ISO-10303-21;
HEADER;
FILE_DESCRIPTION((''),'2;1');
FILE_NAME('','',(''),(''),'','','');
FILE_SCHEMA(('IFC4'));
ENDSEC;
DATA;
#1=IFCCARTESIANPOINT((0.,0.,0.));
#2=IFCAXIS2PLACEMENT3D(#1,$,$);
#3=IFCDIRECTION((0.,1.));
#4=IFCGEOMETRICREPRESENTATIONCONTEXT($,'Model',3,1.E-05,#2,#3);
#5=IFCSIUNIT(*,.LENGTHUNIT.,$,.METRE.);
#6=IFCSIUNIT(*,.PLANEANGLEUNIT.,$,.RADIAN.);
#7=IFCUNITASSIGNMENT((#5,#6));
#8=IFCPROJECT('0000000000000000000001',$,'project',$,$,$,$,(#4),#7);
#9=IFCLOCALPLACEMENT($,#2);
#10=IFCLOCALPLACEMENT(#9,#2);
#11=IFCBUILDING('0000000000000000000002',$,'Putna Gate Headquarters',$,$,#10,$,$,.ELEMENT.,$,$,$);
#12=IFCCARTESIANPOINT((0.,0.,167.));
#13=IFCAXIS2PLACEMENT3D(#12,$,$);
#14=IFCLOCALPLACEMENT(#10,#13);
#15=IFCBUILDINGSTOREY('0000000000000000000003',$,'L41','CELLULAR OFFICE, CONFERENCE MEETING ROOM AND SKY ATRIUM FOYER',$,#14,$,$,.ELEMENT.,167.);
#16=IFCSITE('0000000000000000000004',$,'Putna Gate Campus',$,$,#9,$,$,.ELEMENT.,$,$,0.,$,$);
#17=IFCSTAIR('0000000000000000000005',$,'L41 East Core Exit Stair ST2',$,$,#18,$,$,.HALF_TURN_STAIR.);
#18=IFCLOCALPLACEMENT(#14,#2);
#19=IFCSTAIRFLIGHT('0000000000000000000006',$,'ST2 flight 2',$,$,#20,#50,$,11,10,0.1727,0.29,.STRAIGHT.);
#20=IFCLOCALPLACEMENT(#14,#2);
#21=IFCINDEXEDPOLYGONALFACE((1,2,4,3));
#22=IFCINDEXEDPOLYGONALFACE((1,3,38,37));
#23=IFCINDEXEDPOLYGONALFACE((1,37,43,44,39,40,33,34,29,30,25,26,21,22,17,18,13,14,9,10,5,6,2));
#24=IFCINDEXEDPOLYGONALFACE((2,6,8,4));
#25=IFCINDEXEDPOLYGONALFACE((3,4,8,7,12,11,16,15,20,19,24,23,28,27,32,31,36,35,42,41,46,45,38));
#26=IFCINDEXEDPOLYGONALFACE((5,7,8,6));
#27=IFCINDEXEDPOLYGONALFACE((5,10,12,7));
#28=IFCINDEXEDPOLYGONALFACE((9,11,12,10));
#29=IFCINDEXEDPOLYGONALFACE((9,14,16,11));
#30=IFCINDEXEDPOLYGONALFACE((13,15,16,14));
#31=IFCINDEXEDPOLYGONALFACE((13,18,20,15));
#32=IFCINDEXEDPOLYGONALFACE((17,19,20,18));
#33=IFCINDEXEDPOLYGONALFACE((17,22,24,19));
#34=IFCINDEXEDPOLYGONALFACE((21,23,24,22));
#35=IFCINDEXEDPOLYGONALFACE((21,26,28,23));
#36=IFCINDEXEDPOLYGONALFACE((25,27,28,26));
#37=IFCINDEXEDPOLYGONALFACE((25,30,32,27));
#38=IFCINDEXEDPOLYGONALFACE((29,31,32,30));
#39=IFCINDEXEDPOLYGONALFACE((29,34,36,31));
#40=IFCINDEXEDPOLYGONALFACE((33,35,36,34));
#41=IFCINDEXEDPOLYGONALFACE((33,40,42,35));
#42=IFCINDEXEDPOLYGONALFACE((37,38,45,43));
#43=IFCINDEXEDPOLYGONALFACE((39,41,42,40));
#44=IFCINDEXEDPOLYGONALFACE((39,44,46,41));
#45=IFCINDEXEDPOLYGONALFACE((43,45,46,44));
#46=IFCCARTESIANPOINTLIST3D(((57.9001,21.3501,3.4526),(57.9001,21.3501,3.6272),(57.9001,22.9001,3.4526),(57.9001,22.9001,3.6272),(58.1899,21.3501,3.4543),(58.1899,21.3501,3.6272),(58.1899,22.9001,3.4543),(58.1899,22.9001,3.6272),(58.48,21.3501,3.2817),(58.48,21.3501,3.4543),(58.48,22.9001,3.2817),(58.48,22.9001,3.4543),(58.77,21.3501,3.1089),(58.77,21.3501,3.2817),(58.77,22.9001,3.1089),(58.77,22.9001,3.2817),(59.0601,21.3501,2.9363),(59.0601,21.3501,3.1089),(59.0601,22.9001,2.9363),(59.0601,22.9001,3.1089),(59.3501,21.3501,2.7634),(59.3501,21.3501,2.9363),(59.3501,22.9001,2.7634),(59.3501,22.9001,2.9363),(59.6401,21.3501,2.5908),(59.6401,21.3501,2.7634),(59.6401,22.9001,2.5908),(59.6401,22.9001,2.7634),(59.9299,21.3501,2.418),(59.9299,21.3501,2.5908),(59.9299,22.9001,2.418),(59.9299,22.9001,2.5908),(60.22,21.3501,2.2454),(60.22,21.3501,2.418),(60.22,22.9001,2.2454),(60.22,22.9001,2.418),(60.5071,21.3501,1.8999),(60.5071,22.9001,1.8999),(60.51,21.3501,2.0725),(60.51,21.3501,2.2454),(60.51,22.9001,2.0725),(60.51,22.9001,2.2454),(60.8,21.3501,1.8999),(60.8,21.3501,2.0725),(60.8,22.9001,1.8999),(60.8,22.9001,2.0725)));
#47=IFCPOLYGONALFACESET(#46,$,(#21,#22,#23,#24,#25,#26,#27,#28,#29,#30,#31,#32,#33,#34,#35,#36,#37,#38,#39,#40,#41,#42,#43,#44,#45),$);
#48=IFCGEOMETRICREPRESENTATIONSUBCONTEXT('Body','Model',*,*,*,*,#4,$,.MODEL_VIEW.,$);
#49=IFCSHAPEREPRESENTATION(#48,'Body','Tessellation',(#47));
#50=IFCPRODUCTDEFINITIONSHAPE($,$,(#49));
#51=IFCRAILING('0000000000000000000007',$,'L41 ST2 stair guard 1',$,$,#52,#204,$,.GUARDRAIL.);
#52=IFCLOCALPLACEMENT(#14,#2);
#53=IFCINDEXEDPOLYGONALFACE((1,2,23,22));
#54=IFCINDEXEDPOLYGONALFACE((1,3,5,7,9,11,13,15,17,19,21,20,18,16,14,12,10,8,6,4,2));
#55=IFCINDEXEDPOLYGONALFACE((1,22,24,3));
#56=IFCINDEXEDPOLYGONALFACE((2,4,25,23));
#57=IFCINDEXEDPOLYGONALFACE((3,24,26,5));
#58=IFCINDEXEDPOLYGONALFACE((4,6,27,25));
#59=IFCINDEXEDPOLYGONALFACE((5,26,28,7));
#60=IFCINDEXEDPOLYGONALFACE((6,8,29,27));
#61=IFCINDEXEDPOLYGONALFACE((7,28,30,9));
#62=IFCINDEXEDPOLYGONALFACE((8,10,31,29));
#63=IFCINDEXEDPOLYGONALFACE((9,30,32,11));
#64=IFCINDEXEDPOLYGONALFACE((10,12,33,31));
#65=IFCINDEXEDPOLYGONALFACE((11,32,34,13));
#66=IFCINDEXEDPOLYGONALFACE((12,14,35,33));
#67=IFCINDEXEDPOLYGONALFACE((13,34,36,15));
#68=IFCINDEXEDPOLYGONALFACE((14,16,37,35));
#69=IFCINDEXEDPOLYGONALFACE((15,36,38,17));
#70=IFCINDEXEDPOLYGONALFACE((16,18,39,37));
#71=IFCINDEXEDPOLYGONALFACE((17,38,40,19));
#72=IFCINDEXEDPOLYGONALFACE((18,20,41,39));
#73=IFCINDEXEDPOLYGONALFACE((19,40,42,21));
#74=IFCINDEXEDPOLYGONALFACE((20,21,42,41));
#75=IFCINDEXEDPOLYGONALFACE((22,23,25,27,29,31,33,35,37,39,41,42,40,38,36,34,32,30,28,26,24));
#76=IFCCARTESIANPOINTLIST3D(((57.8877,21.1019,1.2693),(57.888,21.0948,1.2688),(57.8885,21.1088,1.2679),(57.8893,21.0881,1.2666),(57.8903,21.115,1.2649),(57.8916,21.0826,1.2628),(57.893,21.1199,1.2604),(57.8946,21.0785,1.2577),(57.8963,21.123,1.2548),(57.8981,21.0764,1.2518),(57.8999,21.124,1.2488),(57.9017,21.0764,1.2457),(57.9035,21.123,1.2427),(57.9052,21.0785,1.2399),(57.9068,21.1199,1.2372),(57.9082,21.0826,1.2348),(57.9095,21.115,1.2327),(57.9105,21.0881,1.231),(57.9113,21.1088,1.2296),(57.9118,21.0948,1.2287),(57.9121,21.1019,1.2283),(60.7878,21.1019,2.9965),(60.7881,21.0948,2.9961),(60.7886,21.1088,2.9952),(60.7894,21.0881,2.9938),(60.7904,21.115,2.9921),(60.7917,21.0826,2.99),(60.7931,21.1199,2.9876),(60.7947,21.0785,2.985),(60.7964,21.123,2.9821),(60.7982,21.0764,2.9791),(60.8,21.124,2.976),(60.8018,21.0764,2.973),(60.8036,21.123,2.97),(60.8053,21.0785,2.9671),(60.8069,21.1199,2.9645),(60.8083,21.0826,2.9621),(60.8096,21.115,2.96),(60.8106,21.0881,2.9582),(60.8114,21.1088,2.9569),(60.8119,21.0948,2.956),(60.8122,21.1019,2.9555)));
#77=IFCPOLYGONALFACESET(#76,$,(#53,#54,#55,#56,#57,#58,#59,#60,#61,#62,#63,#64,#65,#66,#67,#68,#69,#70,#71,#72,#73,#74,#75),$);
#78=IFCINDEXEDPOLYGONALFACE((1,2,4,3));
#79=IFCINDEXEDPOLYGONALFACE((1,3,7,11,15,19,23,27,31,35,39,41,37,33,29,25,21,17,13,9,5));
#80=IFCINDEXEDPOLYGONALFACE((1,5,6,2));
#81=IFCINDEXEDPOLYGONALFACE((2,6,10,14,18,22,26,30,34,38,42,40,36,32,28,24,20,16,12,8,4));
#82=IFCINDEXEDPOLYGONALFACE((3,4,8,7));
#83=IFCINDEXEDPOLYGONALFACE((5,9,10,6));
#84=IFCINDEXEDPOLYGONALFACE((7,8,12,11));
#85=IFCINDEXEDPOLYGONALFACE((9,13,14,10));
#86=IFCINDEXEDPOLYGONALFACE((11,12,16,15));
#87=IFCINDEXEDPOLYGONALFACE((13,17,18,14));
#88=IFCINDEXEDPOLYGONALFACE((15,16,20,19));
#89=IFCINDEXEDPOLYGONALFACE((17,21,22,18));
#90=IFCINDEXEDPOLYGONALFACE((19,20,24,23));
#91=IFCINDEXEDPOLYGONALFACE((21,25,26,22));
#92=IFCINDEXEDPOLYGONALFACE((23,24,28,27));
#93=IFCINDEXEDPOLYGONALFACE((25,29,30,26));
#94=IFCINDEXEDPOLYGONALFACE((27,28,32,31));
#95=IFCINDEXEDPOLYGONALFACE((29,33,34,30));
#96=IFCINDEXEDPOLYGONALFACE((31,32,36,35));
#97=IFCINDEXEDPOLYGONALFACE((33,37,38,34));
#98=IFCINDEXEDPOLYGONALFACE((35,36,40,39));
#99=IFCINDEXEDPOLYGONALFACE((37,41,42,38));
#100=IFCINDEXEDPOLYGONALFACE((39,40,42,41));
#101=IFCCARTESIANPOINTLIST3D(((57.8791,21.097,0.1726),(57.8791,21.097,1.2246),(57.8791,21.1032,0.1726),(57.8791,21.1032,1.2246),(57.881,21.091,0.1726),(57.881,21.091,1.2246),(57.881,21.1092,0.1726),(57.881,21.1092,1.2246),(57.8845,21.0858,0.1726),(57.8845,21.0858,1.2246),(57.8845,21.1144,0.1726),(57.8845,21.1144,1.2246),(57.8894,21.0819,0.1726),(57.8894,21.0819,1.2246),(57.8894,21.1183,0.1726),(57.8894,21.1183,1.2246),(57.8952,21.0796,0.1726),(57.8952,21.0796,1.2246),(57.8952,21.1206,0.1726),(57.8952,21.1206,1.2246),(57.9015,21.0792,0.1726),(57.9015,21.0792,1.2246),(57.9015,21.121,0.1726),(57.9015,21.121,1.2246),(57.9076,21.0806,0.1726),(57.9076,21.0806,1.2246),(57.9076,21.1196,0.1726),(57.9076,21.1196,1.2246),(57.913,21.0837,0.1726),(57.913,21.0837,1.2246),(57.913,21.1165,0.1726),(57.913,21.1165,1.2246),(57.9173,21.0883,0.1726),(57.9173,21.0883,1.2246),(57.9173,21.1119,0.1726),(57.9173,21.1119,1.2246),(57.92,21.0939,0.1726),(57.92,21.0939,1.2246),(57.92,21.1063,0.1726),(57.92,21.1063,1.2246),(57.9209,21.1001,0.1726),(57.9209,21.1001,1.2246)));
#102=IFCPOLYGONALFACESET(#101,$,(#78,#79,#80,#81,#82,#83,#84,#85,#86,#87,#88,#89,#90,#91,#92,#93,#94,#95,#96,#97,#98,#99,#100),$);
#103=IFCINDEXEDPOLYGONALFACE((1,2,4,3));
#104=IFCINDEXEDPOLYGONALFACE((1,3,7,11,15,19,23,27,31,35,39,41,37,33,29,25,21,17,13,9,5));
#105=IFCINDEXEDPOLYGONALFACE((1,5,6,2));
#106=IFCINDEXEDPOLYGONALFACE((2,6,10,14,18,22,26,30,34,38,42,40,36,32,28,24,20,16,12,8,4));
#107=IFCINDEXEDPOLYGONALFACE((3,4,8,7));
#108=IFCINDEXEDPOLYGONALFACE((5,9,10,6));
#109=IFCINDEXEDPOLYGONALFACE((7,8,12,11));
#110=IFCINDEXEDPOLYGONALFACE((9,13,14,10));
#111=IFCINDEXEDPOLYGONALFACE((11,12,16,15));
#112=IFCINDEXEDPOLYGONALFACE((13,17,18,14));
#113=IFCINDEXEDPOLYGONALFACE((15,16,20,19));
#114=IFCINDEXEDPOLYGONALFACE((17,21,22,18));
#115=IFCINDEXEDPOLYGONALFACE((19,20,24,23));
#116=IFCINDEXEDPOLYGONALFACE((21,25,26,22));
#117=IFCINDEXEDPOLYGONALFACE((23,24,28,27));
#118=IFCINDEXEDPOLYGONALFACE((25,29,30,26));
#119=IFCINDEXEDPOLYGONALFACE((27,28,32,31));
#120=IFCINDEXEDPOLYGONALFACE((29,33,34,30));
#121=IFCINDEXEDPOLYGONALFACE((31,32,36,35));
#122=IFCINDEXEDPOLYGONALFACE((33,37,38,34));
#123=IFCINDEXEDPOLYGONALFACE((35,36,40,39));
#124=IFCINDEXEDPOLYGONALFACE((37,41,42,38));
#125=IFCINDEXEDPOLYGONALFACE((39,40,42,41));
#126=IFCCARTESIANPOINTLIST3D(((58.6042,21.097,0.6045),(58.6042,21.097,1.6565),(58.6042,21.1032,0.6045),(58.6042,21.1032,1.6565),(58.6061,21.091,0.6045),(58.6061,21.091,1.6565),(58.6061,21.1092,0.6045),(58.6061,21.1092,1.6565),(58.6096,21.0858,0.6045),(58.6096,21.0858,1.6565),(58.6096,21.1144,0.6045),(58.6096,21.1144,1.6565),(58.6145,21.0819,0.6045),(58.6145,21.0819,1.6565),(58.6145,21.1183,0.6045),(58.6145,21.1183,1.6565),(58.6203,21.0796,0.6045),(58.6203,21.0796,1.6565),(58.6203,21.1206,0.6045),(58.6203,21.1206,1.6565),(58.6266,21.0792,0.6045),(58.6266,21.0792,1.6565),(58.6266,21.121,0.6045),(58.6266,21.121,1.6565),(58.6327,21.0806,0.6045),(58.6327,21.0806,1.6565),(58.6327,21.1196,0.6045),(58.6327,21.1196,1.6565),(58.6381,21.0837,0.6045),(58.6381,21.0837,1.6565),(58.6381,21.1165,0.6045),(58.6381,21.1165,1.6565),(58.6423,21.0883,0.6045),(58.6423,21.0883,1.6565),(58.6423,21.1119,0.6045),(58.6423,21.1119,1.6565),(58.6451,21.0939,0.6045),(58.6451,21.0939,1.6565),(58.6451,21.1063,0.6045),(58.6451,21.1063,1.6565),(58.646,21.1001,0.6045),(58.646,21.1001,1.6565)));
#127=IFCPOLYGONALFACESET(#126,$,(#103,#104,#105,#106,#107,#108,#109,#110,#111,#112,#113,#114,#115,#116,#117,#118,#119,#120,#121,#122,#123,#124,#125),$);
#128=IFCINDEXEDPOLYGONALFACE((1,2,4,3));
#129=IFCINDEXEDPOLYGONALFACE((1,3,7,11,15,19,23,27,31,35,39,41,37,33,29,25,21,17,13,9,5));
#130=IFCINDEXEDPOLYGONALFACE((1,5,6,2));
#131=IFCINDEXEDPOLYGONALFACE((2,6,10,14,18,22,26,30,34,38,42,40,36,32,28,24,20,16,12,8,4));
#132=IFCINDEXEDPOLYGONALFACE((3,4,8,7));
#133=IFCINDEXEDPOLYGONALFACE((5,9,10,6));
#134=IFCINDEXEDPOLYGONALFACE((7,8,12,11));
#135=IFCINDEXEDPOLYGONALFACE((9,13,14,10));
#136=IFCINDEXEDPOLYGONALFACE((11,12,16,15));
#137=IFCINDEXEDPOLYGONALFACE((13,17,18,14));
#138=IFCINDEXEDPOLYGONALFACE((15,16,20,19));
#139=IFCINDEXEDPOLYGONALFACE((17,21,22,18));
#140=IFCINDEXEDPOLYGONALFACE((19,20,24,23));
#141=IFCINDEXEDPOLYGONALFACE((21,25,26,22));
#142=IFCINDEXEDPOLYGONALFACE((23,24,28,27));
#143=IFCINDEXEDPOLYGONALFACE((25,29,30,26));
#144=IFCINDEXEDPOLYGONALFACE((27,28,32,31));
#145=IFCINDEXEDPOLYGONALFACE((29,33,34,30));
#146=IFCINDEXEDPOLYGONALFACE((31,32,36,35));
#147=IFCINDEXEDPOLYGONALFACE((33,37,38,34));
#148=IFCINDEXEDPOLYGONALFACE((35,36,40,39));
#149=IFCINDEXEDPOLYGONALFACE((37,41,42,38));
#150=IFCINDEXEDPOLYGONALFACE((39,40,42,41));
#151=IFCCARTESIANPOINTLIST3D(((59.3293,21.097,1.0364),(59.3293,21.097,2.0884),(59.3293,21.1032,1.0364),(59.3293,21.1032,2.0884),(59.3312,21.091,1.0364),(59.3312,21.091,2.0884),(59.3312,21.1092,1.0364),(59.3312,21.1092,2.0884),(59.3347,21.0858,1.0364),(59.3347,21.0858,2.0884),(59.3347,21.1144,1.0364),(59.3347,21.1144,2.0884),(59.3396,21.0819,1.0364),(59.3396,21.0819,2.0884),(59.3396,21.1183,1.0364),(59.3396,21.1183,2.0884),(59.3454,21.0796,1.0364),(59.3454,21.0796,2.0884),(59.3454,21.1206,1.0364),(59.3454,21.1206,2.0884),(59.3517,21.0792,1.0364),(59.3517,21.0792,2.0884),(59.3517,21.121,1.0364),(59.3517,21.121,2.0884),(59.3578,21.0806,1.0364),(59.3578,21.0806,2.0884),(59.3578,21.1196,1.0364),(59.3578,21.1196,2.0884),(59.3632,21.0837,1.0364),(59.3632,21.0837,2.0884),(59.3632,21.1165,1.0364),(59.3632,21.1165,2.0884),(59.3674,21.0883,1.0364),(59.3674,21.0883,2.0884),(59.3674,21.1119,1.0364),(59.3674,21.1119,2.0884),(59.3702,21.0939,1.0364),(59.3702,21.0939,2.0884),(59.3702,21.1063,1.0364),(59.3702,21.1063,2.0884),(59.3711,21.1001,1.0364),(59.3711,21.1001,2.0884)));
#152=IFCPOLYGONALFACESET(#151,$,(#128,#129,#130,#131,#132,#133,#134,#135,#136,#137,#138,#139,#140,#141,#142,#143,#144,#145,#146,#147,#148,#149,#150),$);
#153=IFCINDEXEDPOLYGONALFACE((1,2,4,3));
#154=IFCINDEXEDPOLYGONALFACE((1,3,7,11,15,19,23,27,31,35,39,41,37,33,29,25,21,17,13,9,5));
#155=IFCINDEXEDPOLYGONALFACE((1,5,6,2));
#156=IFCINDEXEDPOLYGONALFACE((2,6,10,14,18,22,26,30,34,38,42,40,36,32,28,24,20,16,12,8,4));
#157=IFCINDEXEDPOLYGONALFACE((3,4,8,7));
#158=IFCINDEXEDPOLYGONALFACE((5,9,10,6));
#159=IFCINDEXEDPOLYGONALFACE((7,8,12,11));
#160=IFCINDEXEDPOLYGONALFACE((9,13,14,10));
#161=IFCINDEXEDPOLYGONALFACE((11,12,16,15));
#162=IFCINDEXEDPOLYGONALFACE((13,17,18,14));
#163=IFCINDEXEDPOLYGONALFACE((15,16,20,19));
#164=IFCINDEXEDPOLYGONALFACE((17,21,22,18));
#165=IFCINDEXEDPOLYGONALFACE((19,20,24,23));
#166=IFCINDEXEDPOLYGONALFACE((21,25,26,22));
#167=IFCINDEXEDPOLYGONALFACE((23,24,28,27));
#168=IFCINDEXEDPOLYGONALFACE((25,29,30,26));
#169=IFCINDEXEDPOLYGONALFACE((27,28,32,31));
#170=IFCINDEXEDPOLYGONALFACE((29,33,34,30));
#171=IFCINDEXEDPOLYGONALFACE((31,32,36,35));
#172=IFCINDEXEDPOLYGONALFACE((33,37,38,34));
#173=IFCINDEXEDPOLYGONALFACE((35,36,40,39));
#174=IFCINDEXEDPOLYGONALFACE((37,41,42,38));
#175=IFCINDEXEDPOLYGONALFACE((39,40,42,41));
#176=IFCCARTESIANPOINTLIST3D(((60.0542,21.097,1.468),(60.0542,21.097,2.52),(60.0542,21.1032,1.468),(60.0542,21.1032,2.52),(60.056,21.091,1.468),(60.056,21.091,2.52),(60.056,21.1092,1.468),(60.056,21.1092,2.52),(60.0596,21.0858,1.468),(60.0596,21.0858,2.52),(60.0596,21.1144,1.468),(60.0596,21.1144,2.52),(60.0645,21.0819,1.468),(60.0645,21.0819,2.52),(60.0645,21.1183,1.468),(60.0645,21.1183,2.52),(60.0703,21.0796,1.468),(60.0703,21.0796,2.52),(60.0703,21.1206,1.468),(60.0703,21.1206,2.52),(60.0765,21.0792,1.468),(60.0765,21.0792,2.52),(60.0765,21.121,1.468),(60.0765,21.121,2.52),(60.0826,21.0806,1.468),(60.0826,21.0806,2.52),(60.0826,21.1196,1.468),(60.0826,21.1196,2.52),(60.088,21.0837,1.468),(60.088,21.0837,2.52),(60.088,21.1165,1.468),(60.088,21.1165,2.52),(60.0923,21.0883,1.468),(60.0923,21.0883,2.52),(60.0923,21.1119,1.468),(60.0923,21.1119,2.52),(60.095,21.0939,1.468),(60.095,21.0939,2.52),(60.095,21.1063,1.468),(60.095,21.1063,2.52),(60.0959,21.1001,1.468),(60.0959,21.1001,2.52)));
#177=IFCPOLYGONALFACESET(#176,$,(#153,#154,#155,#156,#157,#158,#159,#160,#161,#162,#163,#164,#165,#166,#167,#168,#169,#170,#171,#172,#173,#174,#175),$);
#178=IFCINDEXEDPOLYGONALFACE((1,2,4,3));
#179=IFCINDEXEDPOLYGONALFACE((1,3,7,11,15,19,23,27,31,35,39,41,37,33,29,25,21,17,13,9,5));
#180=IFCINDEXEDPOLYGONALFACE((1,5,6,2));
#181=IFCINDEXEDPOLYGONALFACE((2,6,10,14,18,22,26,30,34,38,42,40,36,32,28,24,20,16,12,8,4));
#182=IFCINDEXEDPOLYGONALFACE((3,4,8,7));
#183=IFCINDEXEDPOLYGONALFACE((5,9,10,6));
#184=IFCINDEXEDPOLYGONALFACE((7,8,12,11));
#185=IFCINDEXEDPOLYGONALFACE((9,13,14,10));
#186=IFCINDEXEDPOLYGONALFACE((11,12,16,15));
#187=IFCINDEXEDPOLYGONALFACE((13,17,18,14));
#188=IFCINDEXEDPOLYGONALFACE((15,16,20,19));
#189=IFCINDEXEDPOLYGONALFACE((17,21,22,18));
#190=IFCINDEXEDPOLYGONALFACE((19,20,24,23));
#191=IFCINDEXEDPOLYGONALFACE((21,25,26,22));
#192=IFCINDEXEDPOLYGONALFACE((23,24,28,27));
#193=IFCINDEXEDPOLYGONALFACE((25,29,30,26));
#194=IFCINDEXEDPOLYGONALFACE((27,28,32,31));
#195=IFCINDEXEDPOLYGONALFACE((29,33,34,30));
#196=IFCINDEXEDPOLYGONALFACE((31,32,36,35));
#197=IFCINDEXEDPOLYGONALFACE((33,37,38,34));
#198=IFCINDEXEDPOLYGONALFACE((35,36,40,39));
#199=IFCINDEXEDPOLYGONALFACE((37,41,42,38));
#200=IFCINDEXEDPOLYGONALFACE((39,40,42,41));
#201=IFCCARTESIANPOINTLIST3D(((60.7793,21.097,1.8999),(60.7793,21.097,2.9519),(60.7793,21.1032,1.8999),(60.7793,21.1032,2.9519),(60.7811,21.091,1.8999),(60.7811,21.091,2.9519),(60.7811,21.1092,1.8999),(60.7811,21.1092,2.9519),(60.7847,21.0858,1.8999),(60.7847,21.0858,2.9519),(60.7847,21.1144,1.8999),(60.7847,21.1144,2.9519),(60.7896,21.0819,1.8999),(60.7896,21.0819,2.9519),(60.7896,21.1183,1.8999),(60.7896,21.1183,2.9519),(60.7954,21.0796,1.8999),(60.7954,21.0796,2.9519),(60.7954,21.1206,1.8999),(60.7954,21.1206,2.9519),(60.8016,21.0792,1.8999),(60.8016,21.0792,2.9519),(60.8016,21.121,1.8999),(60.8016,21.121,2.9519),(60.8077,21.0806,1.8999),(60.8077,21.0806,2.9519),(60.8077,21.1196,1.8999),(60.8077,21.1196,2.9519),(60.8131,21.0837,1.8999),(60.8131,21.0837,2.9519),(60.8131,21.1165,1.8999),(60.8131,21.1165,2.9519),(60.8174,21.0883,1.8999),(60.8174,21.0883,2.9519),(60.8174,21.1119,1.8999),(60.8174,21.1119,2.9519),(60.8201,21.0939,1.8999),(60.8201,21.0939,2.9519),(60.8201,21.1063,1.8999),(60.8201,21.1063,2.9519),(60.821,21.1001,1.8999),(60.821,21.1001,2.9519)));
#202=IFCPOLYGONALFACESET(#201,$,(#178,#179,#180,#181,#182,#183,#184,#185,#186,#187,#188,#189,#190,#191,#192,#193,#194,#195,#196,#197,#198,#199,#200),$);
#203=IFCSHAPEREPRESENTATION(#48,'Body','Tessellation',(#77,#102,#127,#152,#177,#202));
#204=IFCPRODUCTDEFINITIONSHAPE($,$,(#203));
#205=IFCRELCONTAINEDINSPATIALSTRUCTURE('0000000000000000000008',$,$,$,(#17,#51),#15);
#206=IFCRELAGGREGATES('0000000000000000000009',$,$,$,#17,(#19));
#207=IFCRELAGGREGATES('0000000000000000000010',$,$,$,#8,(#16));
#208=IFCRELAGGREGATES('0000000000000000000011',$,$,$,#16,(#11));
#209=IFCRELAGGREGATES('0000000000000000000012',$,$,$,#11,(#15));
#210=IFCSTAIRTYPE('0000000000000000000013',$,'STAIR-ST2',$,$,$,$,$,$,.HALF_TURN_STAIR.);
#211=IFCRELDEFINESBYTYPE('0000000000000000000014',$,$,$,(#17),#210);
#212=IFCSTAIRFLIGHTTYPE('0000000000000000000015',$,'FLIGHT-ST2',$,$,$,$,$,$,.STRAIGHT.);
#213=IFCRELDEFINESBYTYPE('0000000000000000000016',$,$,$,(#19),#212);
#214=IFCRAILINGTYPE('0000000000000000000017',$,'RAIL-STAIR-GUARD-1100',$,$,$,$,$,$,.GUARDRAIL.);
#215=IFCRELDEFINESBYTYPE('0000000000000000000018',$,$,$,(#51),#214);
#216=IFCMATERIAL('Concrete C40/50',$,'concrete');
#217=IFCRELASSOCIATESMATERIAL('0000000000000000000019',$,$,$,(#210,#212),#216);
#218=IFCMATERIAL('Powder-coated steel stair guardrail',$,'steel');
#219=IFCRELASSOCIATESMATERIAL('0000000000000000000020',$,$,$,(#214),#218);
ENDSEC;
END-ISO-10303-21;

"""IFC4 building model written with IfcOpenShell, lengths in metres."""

from ifc_helpers import new_model, si_unit, direction, frame, origin, origin_2d, place, context, subcontext, project, spatial, polyline, circle, outline, extrude, material, type_object, element, aggregate, save


model = new_model("IFC4")

# Units and contexts
model_context = context("Model", 3, precision=1e-05, world=origin(), true_north=direction((0.0, 1.0)))
body_context = subcontext(model_context, "Body", "Model", "MODEL_VIEW")
ifc_project = project(units=[si_unit("LENGTHUNIT", "METRE"), si_unit("PLANEANGLEUNIT", "RADIAN")], contexts=[model_context])

# Site, building, storey
site_placement = place(None, origin())
site = spatial("IfcSite", under=ifc_project, at=site_placement, Name="Putna Gate Campus", CompositionType="ELEMENT", RefElevation=0.0)
building_placement = place(site_placement, origin())
building = spatial("IfcBuilding", under=site, at=building_placement, Name="Putna Gate Headquarters", CompositionType="ELEMENT")
storey_placement = place(building_placement, frame((0.0, 0.0, 167.0)))
storey = spatial("IfcBuildingStorey", under=building, at=storey_placement, Name="L41", Description="CELLULAR OFFICE, CONFERENCE MEETING ROOM AND SKY ATRIUM FOYER", CompositionType="ELEMENT", Elevation=167.0)

# Shared definitions
ifc_material_1 = material(Name="Concrete C40/50", Category="concrete")

# Stair, stair flight
stair_type = type_object("IfcStairType", Name="STAIR-ST2", PredefinedType="HALF_TURN_STAIR", material=ifc_material_1)
stair_placement = place(storey_placement, origin())
stair = element("IfcStair", 1, at=stair_placement, inside=storey, type_object=stair_type, Name="L41 East Core Exit Stair ST2", PredefinedType="HALF_TURN_STAIR")
stair_flight_type = type_object("IfcStairFlightType", Name="FLIGHT-ST2", PredefinedType="STRAIGHT", material=ifc_material_1)
stair_flight_1_placement = place(storey_placement, frame((60.8, 22.125, 1.8999), z_axis=(0.0, 0.0, 1.0), x_axis=(-1.0, 0.0, 0.0)))
stair_flight_1 = element("IfcStairFlight", 2, at=stair_flight_1_placement, type_object=stair_flight_type, Name="ST2 flight 2", NumberOfRisers=11, NumberOfTreads=10, PredefinedType="STRAIGHT", RiserHeight=0.1727, TreadLength=0.29, context=body_context, shape_type="SweptSolid", body=[
    extrude(outline(polyline([(0.0, 0.0), (0.0, 0.1726), (0.29, 0.1726), (0.29, 0.3455), (0.5801, 0.3455), (0.5801, 0.5181), (0.8701, 0.5181), (0.8701, 0.6909), (1.1599, 0.6909), (1.1599, 0.8635), (1.45, 0.8635), (1.45, 1.0364), (1.74, 1.0364), (1.74, 1.209), (2.03, 1.209), (2.03, 1.3818), (2.3201, 1.3818), (2.3201, 1.5544), (2.6101, 1.5544), (2.6101, 1.7273), (2.8999, 1.7273), (2.8999, 1.8999), (2.8999, 1.5527), (0.293, 0.0), (0.0, 0.0)])), frame((0.0, 0.7749, 0.0), z_axis=(0.0, -1.0, 0.0), x_axis=(1.0, 0.0, 0.0)), (0.0, 0.0, 1.0), 1.55),
])
aggregate(stair, [stair_flight_1])

# Railing
ifc_material_2 = material(Name="Powder-coated steel stair guardrail", Category="steel")
railing_type_1 = type_object("IfcRailingType", Name="RAIL-STAIR-GUARD-1100", PredefinedType="GUARDRAIL", material=ifc_material_2)
railing_1_placement = place(storey_placement, frame((57.8999, 21.1001, 0.1726)))
element("IfcRailing", 3, at=railing_1_placement, inside=storey, type_object=railing_type_1, Name="L41 ST2 stair guard 1", PredefinedType="GUARDRAIL", context=body_context, shape_type="SweptSolid", body=[
    extrude(circle(Radius=0.0239, at=origin_2d()), frame((0.0, 0.0, 1.0762), z_axis=(0.85916, 0.0, 0.511706), x_axis=(0.0, 1.0, 0.0)), (0.0, 0.0, 1.0), 3.3755),
    extrude(circle(Radius=0.021, at=origin_2d()), origin(), (0.0, 0.0, 1.0), 1.052),
    extrude(circle(Radius=0.021, at=origin_2d()), frame((0.7251, 0.0, 0.4319)), (0.0, 0.0, 1.0), 1.052),
    extrude(circle(Radius=0.021, at=origin_2d()), frame((1.4502, 0.0, 0.8638)), (0.0, 0.0, 1.0), 1.052),
    extrude(circle(Radius=0.021, at=origin_2d()), frame((2.175, 0.0, 1.2954)), (0.0, 0.0, 1.0), 1.052),
    extrude(circle(Radius=0.021, at=origin_2d()), frame((2.9001, 0.0, 1.7273)), (0.0, 0.0, 1.0), 1.052),
])

save(model, "model.ifc")
